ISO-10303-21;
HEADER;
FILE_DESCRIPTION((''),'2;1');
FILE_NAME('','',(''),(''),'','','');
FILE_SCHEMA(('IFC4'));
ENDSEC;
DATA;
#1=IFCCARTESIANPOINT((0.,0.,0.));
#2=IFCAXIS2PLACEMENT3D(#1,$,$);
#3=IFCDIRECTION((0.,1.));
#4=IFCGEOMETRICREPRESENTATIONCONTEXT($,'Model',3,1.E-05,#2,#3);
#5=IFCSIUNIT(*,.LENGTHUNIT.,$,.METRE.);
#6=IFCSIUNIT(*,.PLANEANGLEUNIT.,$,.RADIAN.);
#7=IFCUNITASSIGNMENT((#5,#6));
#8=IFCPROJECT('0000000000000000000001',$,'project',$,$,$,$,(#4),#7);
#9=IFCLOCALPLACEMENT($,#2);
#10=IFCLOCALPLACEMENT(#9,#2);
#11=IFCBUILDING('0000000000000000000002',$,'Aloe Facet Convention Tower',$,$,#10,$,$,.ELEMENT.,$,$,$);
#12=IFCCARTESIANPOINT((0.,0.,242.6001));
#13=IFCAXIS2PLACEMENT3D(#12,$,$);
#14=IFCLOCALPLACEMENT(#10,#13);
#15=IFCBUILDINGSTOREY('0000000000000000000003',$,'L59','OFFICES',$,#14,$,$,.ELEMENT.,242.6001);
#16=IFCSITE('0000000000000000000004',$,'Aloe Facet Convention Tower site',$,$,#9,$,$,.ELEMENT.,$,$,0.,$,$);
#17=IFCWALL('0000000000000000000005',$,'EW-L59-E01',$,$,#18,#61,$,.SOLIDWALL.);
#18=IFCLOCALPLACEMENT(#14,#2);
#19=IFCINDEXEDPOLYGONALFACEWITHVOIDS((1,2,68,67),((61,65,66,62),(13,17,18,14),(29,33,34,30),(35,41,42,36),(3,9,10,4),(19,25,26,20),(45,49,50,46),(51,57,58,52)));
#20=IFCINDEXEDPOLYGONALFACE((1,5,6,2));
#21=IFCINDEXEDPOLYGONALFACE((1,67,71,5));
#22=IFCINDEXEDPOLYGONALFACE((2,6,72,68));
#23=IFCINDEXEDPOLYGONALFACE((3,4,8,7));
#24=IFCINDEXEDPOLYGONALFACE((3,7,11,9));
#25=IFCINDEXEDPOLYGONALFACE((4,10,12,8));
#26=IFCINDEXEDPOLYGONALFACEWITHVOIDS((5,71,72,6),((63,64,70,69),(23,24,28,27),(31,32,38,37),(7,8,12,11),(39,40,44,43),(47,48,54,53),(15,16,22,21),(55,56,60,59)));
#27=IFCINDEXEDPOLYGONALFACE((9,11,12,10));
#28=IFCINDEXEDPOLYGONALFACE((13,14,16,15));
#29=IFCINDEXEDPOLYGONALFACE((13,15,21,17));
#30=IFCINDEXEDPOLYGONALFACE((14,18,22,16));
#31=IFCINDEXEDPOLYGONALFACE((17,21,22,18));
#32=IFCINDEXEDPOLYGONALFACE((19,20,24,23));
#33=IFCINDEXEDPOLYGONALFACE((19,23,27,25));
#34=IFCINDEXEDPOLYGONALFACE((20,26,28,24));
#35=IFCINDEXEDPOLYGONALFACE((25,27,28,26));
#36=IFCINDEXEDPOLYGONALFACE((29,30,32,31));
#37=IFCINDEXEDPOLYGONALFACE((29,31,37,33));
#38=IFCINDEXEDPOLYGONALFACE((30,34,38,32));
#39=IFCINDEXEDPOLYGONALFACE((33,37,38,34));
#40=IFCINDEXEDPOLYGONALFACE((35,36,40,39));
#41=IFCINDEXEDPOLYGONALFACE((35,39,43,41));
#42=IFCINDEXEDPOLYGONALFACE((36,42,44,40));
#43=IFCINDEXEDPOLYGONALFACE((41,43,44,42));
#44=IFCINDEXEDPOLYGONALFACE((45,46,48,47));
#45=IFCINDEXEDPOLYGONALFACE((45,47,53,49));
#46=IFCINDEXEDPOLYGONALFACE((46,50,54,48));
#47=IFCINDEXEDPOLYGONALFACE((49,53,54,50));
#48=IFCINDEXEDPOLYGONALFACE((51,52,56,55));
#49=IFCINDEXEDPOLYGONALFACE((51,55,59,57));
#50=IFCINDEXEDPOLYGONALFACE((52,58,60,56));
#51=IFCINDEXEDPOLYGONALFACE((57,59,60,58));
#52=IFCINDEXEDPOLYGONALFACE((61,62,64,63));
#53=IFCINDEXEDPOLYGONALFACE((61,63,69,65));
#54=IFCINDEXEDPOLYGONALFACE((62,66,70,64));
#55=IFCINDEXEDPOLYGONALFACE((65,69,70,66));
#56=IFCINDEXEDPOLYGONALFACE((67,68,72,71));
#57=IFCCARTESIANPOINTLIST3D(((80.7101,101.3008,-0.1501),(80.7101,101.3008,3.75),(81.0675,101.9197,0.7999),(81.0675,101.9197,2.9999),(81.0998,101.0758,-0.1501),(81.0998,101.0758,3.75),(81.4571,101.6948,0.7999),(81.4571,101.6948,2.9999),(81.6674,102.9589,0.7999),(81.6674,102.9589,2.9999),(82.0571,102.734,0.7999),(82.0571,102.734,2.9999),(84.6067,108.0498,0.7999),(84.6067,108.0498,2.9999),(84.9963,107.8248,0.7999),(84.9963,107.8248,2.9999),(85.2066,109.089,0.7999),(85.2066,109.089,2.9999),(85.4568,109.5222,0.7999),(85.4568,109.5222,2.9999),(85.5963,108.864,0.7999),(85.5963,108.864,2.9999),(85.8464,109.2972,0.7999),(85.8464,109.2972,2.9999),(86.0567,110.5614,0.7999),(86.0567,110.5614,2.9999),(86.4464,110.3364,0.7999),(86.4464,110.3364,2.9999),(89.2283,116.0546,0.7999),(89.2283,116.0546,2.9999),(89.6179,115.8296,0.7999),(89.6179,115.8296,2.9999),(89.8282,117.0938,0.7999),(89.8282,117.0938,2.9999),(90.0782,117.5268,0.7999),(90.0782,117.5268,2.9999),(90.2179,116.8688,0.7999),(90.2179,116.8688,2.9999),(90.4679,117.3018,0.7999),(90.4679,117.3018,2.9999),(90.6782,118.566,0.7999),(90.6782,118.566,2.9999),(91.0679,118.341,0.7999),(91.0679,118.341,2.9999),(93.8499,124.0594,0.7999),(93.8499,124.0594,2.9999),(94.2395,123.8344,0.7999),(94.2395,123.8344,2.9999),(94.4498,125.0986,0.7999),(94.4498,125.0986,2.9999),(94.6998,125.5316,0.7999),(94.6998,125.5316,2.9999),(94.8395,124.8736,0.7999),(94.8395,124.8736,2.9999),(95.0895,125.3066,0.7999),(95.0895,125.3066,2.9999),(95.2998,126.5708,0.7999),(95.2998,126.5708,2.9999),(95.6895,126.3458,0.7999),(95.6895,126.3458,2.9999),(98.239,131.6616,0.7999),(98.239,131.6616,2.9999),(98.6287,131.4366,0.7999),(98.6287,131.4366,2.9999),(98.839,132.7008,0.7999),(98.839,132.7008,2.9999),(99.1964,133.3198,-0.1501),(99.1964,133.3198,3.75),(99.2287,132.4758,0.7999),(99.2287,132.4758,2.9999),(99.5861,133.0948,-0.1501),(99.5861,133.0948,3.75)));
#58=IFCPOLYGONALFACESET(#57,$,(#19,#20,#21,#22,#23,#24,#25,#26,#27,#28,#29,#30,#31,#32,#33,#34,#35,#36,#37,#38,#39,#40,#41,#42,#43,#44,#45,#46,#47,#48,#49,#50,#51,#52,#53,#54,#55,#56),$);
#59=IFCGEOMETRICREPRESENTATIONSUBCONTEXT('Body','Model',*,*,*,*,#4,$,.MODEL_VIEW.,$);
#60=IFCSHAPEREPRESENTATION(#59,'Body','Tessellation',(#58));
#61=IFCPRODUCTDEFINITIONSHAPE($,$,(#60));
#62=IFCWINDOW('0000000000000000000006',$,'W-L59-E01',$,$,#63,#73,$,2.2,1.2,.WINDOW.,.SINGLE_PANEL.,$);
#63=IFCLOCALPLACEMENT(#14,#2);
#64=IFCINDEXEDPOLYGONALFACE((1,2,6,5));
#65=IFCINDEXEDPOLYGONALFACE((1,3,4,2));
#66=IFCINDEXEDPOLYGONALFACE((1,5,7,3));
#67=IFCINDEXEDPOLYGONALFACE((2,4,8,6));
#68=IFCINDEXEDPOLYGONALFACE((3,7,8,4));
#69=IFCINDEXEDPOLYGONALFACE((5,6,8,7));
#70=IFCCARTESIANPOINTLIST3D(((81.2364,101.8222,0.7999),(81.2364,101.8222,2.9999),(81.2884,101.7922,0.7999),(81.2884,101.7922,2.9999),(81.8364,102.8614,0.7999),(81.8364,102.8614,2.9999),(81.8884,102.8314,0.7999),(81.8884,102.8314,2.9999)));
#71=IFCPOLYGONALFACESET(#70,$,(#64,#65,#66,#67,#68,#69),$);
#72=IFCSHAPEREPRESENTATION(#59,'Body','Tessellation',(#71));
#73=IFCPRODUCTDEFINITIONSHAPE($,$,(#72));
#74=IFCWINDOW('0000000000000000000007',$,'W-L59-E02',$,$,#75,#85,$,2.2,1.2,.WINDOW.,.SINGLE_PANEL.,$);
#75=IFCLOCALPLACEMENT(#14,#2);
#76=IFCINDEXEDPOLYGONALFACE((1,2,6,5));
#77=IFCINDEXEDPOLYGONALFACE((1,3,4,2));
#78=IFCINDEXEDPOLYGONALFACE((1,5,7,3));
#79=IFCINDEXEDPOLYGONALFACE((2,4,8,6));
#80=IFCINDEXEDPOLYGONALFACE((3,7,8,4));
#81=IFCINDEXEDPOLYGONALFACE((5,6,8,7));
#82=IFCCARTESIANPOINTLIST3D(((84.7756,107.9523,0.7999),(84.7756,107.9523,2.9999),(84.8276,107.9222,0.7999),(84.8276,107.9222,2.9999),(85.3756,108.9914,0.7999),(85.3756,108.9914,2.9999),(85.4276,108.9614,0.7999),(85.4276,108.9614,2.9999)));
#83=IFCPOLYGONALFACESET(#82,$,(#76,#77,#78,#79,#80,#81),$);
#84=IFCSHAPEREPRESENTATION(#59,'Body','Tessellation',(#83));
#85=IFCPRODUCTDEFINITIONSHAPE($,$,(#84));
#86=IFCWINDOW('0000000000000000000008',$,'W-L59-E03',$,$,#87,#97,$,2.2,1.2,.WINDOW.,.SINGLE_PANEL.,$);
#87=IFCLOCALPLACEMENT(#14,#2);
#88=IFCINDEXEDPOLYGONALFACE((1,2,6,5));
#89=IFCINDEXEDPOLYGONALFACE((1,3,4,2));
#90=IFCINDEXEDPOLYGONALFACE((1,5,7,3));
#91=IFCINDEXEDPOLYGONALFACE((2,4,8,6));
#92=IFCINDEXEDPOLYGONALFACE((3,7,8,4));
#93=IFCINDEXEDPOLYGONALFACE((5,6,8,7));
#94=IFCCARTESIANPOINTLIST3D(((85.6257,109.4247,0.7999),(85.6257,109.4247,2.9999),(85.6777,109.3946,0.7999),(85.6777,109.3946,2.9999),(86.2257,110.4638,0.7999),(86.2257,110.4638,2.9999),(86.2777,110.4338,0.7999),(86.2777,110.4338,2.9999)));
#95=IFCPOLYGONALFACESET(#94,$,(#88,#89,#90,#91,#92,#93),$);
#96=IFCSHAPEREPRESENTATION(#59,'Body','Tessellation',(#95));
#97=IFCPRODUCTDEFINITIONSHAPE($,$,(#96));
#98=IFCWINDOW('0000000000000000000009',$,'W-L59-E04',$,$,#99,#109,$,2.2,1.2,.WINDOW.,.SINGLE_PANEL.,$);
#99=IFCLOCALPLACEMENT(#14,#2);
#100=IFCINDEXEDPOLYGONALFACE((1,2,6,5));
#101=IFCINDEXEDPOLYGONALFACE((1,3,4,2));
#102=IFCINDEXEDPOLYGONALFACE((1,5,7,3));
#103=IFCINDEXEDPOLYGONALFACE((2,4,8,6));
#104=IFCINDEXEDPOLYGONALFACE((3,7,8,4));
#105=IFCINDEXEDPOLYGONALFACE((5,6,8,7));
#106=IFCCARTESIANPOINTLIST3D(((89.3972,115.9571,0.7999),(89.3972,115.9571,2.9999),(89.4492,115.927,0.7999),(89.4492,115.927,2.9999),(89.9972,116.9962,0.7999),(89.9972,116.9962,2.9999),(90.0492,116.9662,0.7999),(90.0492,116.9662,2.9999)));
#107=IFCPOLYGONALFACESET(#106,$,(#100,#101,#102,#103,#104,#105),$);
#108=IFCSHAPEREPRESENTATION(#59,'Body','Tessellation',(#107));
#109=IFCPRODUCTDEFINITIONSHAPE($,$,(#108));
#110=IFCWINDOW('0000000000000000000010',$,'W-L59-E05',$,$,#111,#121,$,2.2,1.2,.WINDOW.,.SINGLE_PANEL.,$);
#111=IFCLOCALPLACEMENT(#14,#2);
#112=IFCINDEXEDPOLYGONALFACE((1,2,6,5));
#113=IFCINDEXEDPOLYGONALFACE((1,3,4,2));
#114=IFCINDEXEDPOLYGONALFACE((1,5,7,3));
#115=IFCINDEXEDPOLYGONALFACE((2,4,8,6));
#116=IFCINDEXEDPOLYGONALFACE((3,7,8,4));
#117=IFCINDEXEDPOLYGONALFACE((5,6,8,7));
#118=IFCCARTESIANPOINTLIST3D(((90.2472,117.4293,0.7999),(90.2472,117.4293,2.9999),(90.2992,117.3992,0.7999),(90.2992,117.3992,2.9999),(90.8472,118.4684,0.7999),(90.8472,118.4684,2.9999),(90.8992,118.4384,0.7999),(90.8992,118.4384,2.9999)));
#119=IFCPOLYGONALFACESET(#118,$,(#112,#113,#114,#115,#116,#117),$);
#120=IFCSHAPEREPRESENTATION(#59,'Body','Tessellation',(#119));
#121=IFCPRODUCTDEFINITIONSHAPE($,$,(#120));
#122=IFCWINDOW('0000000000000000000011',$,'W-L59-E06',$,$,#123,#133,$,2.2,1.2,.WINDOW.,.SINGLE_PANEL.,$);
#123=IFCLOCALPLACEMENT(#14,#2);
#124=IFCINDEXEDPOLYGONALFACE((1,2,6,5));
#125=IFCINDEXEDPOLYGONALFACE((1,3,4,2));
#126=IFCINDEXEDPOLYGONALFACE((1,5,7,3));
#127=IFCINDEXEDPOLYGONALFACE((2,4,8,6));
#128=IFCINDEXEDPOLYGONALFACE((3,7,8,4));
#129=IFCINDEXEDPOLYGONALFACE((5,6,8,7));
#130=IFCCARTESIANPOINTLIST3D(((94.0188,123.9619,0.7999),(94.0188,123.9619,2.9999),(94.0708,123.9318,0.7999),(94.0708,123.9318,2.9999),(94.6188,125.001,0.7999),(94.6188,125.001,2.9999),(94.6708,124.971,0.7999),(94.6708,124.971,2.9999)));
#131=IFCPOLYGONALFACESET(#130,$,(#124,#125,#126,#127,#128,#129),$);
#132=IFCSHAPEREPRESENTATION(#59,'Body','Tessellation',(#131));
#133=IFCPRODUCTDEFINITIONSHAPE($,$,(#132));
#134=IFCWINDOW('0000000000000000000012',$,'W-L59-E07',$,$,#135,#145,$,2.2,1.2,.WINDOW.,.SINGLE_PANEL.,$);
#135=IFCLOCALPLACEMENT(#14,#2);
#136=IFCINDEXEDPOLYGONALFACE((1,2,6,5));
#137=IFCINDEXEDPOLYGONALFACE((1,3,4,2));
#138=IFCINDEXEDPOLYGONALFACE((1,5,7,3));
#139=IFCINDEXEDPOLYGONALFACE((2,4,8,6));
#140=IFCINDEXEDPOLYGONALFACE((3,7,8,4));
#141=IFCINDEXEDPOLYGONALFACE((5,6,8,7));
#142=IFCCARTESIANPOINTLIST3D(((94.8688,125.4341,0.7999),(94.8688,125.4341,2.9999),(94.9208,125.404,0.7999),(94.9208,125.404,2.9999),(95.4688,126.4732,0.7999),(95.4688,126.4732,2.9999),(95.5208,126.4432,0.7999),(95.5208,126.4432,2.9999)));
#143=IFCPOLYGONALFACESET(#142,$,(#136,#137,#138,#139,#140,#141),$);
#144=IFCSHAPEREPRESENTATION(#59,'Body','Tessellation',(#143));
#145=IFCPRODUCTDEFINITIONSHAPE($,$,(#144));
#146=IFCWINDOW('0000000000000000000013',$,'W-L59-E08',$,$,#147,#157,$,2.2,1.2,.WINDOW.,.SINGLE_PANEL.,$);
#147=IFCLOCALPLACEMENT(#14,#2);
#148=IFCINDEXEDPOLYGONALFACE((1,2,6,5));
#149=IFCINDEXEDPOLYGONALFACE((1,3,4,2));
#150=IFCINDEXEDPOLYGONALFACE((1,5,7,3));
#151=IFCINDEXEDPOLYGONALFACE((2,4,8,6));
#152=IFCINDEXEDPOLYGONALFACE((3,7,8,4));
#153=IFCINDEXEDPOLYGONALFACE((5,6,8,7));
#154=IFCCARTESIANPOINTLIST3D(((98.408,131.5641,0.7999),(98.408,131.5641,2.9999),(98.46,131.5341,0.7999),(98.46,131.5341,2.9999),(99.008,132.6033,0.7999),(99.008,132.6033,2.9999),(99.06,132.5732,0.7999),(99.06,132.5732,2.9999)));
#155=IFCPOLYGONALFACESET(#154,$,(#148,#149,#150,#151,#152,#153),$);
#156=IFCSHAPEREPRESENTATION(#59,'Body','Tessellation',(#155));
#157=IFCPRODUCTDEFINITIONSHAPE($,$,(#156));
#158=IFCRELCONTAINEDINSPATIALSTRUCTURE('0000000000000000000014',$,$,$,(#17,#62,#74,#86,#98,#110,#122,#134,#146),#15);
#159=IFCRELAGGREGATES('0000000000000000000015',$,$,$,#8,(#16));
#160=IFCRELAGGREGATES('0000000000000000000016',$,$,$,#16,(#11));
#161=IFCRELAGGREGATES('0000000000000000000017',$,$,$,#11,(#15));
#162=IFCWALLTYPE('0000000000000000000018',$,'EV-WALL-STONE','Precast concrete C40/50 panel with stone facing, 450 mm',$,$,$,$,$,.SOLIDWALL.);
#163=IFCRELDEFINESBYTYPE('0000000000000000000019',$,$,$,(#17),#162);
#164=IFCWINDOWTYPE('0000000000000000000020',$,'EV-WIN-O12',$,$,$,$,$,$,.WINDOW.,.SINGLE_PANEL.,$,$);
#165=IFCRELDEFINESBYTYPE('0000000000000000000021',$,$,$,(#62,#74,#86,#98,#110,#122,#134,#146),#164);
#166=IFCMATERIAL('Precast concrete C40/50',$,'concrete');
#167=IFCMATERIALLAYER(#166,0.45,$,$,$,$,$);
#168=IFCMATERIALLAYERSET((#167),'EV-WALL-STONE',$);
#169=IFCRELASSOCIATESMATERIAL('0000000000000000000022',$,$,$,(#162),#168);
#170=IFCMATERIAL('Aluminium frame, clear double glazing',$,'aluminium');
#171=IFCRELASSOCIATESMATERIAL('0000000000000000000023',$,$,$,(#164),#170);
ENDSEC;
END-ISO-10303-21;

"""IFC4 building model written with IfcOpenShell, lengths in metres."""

from ifc_helpers import new_model, si_unit, direction, frame, frame_2d, origin, place, context, subcontext, project, spatial, polyline, rectangle, outline, extrude, material, layer, layer_set, type_object, element, fill, save


model = new_model("IFC4")

# Units and contexts
model_context = context("Model", 3, precision=1e-05, world=origin(), true_north=direction((0.0, 1.0)))
body_context = subcontext(model_context, "Body", "Model", "MODEL_VIEW")
ifc_project = project(units=[si_unit("LENGTHUNIT", "METRE"), si_unit("PLANEANGLEUNIT", "RADIAN")], contexts=[model_context])

# Site, building, storey
site_placement = place(None, origin())
site = spatial("IfcSite", under=ifc_project, at=site_placement, Name="Aloe Facet Convention Tower site", CompositionType="ELEMENT", RefElevation=0.0)
building_placement = place(site_placement, origin())
building = spatial("IfcBuilding", under=site, at=building_placement, Name="Aloe Facet Convention Tower", CompositionType="ELEMENT")
storey_placement = place(building_placement, frame((0.0, 0.0, 242.6001)))
storey = spatial("IfcBuildingStorey", under=building, at=storey_placement, Name="L59", Description="OFFICES", CompositionType="ELEMENT", Elevation=242.6001)

# Wall, openings, windows
ifc_material_1 = material(Name="Precast concrete C40/50", Category="concrete")
ifc_layer_1 = layer(ifc_material_1, 0.45)
ifc_layer_set_1 = layer_set([ifc_layer_1], Name="EV-WALL-STONE")
wall_type_1 = type_object("IfcWallType", Name="EV-WALL-STONE", Description="Precast concrete C40/50 panel with stone facing, 450 mm", PredefinedType="SOLIDWALL", material=ifc_layer_set_1)
wall_1_placement = place(storey_placement, frame((80.905, 101.1882, -0.1501), z_axis=(0.0, 0.0, 1.0), x_axis=(0.500003, 0.866024, 0.0)))
wall_1 = element("IfcWall", 1, at=wall_1_placement, inside=storey, type_object=wall_type_1, Name="EW-L59-E01", PredefinedType="SOLIDWALL", context=body_context, shape_type="SweptSolid", body=[
    extrude(outline(polyline([(36.9724, 0.0), (36.9724, 3.9001), (0.0, 3.9001), (0.0, 0.0), (36.9724, 0.0)])), frame((0.0, 0.2251, 0.0), z_axis=(0.0, -1.0, 0.0), x_axis=(1.0, 0.0, 0.0)), (0.0, 0.0, 1.0), 0.45),
])
opening_1_placement = place(wall_1_placement, frame((0.7146, 0.0, 0.95)))
opening_1 = element("IfcOpeningElement", 2, at=opening_1_placement, cuts=wall_1, PredefinedType="OPENING", context=body_context, shape_type="SweptSolid", body=[
    extrude(rectangle(XDim=1.2, YDim=2.2, at=frame_2d((0.6001, 1.1001))), frame((0.0, 0.2349, 0.0), z_axis=(0.0, -1.0, 0.0), x_axis=(1.0, 0.0, 0.0)), (0.0, 0.0, 1.0), 0.47),
])
opening_2_placement = place(wall_1_placement, frame((7.793, 0.0, 0.95)))
opening_2 = element("IfcOpeningElement", 3, at=opening_2_placement, cuts=wall_1, PredefinedType="OPENING", context=body_context, shape_type="SweptSolid", body=[
    extrude(rectangle(XDim=1.2, YDim=2.2, at=frame_2d((0.6001, 1.1001))), frame((0.0, 0.2349, 0.0), z_axis=(0.0, -1.0, 0.0), x_axis=(1.0, 0.0, 0.0)), (0.0, 0.0, 1.0), 0.47),
])
opening_3_placement = place(wall_1_placement, frame((9.4932, 0.0, 0.95)))
opening_3 = element("IfcOpeningElement", 4, at=opening_3_placement, cuts=wall_1, PredefinedType="OPENING", context=body_context, shape_type="SweptSolid", body=[
    extrude(rectangle(XDim=1.2, YDim=2.2, at=frame_2d((0.6001, 1.1001))), frame((0.0, 0.2349, 0.0), z_axis=(0.0, -1.0, 0.0), x_axis=(1.0, 0.0, 0.0)), (0.0, 0.0, 1.0), 0.47),
])
opening_4_placement = place(wall_1_placement, frame((17.0361, 0.0, 0.95)))
opening_4 = element("IfcOpeningElement", 5, at=opening_4_placement, cuts=wall_1, PredefinedType="OPENING", context=body_context, shape_type="SweptSolid", body=[
    extrude(rectangle(XDim=1.2, YDim=2.2, at=frame_2d((0.6001, 1.1001))), frame((0.0, 0.2349, 0.0), z_axis=(0.0, -1.0, 0.0), x_axis=(1.0, 0.0, 0.0)), (0.0, 0.0, 1.0), 0.47),
])
opening_5_placement = place(wall_1_placement, frame((18.7361, 0.0, 0.95)))
opening_5 = element("IfcOpeningElement", 6, at=opening_5_placement, cuts=wall_1, PredefinedType="OPENING", context=body_context, shape_type="SweptSolid", body=[
    extrude(rectangle(XDim=1.2, YDim=2.2, at=frame_2d((0.6001, 1.1001))), frame((0.0, 0.2349, 0.0), z_axis=(0.0, -1.0, 0.0), x_axis=(1.0, 0.0, 0.0)), (0.0, 0.0, 1.0), 0.47),
])
opening_6_placement = place(wall_1_placement, frame((26.2793, 0.0, 0.95)))
opening_6 = element("IfcOpeningElement", 7, at=opening_6_placement, cuts=wall_1, PredefinedType="OPENING", context=body_context, shape_type="SweptSolid", body=[
    extrude(rectangle(XDim=1.2, YDim=2.2, at=frame_2d((0.6001, 1.1001))), frame((0.0, 0.2349, 0.0), z_axis=(0.0, -1.0, 0.0), x_axis=(1.0, 0.0, 0.0)), (0.0, 0.0, 1.0), 0.47),
])
opening_7_placement = place(wall_1_placement, frame((27.9792, 0.0, 0.95)))
opening_7 = element("IfcOpeningElement", 8, at=opening_7_placement, cuts=wall_1, PredefinedType="OPENING", context=body_context, shape_type="SweptSolid", body=[
    extrude(rectangle(XDim=1.2, YDim=2.2, at=frame_2d((0.6001, 1.1001))), frame((0.0, 0.2349, 0.0), z_axis=(0.0, -1.0, 0.0), x_axis=(1.0, 0.0, 0.0)), (0.0, 0.0, 1.0), 0.47),
])
opening_8_placement = place(wall_1_placement, frame((35.0576, 0.0, 0.95)))
opening_8 = element("IfcOpeningElement", 9, at=opening_8_placement, cuts=wall_1, PredefinedType="OPENING", context=body_context, shape_type="SweptSolid", body=[
    extrude(rectangle(XDim=1.2, YDim=2.2, at=frame_2d((0.6001, 1.1001))), frame((0.0, 0.2349, 0.0), z_axis=(0.0, -1.0, 0.0), x_axis=(1.0, 0.0, 0.0)), (0.0, 0.0, 1.0), 0.47),
])
ifc_material_2 = material(Name="Aluminium frame, clear double glazing", Category="aluminium")
window_type = type_object("IfcWindowType", Name="EV-WIN-O12", PartitioningType="SINGLE_PANEL", PredefinedType="WINDOW", material=ifc_material_2)
window_1_placement = place(opening_1_placement, origin())
window_1 = element("IfcWindow", 10, at=window_1_placement, inside=storey, type_object=window_type, Name="W-L59-E01", OverallHeight=2.2, OverallWidth=1.2, PartitioningType="SINGLE_PANEL", PredefinedType="WINDOW", context=body_context, shape_type="SweptSolid", body=[
    extrude(rectangle(XDim=1.2, YDim=2.2, at=frame_2d((0.6001, 1.1001))), frame((0.0, 0.03, 0.0), z_axis=(0.0, -1.0, 0.0), x_axis=(1.0, 0.0, 0.0)), (0.0, 0.0, 1.0), 0.0601),
])
fill(opening_1, window_1)
window_2_placement = place(opening_2_placement, origin())
window_2 = element("IfcWindow", 11, at=window_2_placement, inside=storey, type_object=window_type, Name="W-L59-E02", OverallHeight=2.2, OverallWidth=1.2, PartitioningType="SINGLE_PANEL", PredefinedType="WINDOW", context=body_context, shape_type="SweptSolid", body=[
    extrude(rectangle(XDim=1.2, YDim=2.2, at=frame_2d((0.6001, 1.1001))), frame((0.0, 0.03, 0.0), z_axis=(0.0, -1.0, 0.0), x_axis=(1.0, 0.0, 0.0)), (0.0, 0.0, 1.0), 0.0601),
])
fill(opening_2, window_2)
window_3_placement = place(opening_3_placement, origin())
window_3 = element("IfcWindow", 12, at=window_3_placement, inside=storey, type_object=window_type, Name="W-L59-E03", OverallHeight=2.2, OverallWidth=1.2, PartitioningType="SINGLE_PANEL", PredefinedType="WINDOW", context=body_context, shape_type="SweptSolid", body=[
    extrude(rectangle(XDim=1.2, YDim=2.2, at=frame_2d((0.6001, 1.1001))), frame((0.0, 0.03, 0.0), z_axis=(0.0, -1.0, 0.0), x_axis=(1.0, 0.0, 0.0)), (0.0, 0.0, 1.0), 0.0601),
])
fill(opening_3, window_3)
window_4_placement = place(opening_4_placement, origin())
window_4 = element("IfcWindow", 13, at=window_4_placement, inside=storey, type_object=window_type, Name="W-L59-E04", OverallHeight=2.2, OverallWidth=1.2, PartitioningType="SINGLE_PANEL", PredefinedType="WINDOW", context=body_context, shape_type="SweptSolid", body=[
    extrude(rectangle(XDim=1.2, YDim=2.2, at=frame_2d((0.6001, 1.1001))), frame((0.0, 0.03, 0.0), z_axis=(0.0, -1.0, 0.0), x_axis=(1.0, 0.0, 0.0)), (0.0, 0.0, 1.0), 0.0601),
])
fill(opening_4, window_4)
window_5_placement = place(opening_5_placement, origin())
window_5 = element("IfcWindow", 14, at=window_5_placement, inside=storey, type_object=window_type, Name="W-L59-E05", OverallHeight=2.2, OverallWidth=1.2, PartitioningType="SINGLE_PANEL", PredefinedType="WINDOW", context=body_context, shape_type="SweptSolid", body=[
    extrude(rectangle(XDim=1.2, YDim=2.2, at=frame_2d((0.6001, 1.1001))), frame((0.0, 0.03, 0.0), z_axis=(0.0, -1.0, 0.0), x_axis=(1.0, 0.0, 0.0)), (0.0, 0.0, 1.0), 0.0601),
])
fill(opening_5, window_5)
window_6_placement = place(opening_6_placement, origin())
window_6 = element("IfcWindow", 15, at=window_6_placement, inside=storey, type_object=window_type, Name="W-L59-E06", OverallHeight=2.2, OverallWidth=1.2, PartitioningType="SINGLE_PANEL", PredefinedType="WINDOW", context=body_context, shape_type="SweptSolid", body=[
    extrude(rectangle(XDim=1.2, YDim=2.2, at=frame_2d((0.6001, 1.1001))), frame((0.0, 0.03, 0.0), z_axis=(0.0, -1.0, 0.0), x_axis=(1.0, 0.0, 0.0)), (0.0, 0.0, 1.0), 0.0601),
])
fill(opening_6, window_6)
window_7_placement = place(opening_7_placement, origin())
window_7 = element("IfcWindow", 16, at=window_7_placement, inside=storey, type_object=window_type, Name="W-L59-E07", OverallHeight=2.2, OverallWidth=1.2, PartitioningType="SINGLE_PANEL", PredefinedType="WINDOW", context=body_context, shape_type="SweptSolid", body=[
    extrude(rectangle(XDim=1.2, YDim=2.2, at=frame_2d((0.6001, 1.1001))), frame((0.0, 0.03, 0.0), z_axis=(0.0, -1.0, 0.0), x_axis=(1.0, 0.0, 0.0)), (0.0, 0.0, 1.0), 0.0601),
])
fill(opening_7, window_7)
window_8_placement = place(opening_8_placement, origin())
window_8 = element("IfcWindow", 17, at=window_8_placement, inside=storey, type_object=window_type, Name="W-L59-E08", OverallHeight=2.2, OverallWidth=1.2, PartitioningType="SINGLE_PANEL", PredefinedType="WINDOW", context=body_context, shape_type="SweptSolid", body=[
    extrude(rectangle(XDim=1.2, YDim=2.2, at=frame_2d((0.6001, 1.1001))), frame((0.0, 0.03, 0.0), z_axis=(0.0, -1.0, 0.0), x_axis=(1.0, 0.0, 0.0)), (0.0, 0.0, 1.0), 0.0601),
])
fill(opening_8, window_8)

save(model, "model.ifc")
